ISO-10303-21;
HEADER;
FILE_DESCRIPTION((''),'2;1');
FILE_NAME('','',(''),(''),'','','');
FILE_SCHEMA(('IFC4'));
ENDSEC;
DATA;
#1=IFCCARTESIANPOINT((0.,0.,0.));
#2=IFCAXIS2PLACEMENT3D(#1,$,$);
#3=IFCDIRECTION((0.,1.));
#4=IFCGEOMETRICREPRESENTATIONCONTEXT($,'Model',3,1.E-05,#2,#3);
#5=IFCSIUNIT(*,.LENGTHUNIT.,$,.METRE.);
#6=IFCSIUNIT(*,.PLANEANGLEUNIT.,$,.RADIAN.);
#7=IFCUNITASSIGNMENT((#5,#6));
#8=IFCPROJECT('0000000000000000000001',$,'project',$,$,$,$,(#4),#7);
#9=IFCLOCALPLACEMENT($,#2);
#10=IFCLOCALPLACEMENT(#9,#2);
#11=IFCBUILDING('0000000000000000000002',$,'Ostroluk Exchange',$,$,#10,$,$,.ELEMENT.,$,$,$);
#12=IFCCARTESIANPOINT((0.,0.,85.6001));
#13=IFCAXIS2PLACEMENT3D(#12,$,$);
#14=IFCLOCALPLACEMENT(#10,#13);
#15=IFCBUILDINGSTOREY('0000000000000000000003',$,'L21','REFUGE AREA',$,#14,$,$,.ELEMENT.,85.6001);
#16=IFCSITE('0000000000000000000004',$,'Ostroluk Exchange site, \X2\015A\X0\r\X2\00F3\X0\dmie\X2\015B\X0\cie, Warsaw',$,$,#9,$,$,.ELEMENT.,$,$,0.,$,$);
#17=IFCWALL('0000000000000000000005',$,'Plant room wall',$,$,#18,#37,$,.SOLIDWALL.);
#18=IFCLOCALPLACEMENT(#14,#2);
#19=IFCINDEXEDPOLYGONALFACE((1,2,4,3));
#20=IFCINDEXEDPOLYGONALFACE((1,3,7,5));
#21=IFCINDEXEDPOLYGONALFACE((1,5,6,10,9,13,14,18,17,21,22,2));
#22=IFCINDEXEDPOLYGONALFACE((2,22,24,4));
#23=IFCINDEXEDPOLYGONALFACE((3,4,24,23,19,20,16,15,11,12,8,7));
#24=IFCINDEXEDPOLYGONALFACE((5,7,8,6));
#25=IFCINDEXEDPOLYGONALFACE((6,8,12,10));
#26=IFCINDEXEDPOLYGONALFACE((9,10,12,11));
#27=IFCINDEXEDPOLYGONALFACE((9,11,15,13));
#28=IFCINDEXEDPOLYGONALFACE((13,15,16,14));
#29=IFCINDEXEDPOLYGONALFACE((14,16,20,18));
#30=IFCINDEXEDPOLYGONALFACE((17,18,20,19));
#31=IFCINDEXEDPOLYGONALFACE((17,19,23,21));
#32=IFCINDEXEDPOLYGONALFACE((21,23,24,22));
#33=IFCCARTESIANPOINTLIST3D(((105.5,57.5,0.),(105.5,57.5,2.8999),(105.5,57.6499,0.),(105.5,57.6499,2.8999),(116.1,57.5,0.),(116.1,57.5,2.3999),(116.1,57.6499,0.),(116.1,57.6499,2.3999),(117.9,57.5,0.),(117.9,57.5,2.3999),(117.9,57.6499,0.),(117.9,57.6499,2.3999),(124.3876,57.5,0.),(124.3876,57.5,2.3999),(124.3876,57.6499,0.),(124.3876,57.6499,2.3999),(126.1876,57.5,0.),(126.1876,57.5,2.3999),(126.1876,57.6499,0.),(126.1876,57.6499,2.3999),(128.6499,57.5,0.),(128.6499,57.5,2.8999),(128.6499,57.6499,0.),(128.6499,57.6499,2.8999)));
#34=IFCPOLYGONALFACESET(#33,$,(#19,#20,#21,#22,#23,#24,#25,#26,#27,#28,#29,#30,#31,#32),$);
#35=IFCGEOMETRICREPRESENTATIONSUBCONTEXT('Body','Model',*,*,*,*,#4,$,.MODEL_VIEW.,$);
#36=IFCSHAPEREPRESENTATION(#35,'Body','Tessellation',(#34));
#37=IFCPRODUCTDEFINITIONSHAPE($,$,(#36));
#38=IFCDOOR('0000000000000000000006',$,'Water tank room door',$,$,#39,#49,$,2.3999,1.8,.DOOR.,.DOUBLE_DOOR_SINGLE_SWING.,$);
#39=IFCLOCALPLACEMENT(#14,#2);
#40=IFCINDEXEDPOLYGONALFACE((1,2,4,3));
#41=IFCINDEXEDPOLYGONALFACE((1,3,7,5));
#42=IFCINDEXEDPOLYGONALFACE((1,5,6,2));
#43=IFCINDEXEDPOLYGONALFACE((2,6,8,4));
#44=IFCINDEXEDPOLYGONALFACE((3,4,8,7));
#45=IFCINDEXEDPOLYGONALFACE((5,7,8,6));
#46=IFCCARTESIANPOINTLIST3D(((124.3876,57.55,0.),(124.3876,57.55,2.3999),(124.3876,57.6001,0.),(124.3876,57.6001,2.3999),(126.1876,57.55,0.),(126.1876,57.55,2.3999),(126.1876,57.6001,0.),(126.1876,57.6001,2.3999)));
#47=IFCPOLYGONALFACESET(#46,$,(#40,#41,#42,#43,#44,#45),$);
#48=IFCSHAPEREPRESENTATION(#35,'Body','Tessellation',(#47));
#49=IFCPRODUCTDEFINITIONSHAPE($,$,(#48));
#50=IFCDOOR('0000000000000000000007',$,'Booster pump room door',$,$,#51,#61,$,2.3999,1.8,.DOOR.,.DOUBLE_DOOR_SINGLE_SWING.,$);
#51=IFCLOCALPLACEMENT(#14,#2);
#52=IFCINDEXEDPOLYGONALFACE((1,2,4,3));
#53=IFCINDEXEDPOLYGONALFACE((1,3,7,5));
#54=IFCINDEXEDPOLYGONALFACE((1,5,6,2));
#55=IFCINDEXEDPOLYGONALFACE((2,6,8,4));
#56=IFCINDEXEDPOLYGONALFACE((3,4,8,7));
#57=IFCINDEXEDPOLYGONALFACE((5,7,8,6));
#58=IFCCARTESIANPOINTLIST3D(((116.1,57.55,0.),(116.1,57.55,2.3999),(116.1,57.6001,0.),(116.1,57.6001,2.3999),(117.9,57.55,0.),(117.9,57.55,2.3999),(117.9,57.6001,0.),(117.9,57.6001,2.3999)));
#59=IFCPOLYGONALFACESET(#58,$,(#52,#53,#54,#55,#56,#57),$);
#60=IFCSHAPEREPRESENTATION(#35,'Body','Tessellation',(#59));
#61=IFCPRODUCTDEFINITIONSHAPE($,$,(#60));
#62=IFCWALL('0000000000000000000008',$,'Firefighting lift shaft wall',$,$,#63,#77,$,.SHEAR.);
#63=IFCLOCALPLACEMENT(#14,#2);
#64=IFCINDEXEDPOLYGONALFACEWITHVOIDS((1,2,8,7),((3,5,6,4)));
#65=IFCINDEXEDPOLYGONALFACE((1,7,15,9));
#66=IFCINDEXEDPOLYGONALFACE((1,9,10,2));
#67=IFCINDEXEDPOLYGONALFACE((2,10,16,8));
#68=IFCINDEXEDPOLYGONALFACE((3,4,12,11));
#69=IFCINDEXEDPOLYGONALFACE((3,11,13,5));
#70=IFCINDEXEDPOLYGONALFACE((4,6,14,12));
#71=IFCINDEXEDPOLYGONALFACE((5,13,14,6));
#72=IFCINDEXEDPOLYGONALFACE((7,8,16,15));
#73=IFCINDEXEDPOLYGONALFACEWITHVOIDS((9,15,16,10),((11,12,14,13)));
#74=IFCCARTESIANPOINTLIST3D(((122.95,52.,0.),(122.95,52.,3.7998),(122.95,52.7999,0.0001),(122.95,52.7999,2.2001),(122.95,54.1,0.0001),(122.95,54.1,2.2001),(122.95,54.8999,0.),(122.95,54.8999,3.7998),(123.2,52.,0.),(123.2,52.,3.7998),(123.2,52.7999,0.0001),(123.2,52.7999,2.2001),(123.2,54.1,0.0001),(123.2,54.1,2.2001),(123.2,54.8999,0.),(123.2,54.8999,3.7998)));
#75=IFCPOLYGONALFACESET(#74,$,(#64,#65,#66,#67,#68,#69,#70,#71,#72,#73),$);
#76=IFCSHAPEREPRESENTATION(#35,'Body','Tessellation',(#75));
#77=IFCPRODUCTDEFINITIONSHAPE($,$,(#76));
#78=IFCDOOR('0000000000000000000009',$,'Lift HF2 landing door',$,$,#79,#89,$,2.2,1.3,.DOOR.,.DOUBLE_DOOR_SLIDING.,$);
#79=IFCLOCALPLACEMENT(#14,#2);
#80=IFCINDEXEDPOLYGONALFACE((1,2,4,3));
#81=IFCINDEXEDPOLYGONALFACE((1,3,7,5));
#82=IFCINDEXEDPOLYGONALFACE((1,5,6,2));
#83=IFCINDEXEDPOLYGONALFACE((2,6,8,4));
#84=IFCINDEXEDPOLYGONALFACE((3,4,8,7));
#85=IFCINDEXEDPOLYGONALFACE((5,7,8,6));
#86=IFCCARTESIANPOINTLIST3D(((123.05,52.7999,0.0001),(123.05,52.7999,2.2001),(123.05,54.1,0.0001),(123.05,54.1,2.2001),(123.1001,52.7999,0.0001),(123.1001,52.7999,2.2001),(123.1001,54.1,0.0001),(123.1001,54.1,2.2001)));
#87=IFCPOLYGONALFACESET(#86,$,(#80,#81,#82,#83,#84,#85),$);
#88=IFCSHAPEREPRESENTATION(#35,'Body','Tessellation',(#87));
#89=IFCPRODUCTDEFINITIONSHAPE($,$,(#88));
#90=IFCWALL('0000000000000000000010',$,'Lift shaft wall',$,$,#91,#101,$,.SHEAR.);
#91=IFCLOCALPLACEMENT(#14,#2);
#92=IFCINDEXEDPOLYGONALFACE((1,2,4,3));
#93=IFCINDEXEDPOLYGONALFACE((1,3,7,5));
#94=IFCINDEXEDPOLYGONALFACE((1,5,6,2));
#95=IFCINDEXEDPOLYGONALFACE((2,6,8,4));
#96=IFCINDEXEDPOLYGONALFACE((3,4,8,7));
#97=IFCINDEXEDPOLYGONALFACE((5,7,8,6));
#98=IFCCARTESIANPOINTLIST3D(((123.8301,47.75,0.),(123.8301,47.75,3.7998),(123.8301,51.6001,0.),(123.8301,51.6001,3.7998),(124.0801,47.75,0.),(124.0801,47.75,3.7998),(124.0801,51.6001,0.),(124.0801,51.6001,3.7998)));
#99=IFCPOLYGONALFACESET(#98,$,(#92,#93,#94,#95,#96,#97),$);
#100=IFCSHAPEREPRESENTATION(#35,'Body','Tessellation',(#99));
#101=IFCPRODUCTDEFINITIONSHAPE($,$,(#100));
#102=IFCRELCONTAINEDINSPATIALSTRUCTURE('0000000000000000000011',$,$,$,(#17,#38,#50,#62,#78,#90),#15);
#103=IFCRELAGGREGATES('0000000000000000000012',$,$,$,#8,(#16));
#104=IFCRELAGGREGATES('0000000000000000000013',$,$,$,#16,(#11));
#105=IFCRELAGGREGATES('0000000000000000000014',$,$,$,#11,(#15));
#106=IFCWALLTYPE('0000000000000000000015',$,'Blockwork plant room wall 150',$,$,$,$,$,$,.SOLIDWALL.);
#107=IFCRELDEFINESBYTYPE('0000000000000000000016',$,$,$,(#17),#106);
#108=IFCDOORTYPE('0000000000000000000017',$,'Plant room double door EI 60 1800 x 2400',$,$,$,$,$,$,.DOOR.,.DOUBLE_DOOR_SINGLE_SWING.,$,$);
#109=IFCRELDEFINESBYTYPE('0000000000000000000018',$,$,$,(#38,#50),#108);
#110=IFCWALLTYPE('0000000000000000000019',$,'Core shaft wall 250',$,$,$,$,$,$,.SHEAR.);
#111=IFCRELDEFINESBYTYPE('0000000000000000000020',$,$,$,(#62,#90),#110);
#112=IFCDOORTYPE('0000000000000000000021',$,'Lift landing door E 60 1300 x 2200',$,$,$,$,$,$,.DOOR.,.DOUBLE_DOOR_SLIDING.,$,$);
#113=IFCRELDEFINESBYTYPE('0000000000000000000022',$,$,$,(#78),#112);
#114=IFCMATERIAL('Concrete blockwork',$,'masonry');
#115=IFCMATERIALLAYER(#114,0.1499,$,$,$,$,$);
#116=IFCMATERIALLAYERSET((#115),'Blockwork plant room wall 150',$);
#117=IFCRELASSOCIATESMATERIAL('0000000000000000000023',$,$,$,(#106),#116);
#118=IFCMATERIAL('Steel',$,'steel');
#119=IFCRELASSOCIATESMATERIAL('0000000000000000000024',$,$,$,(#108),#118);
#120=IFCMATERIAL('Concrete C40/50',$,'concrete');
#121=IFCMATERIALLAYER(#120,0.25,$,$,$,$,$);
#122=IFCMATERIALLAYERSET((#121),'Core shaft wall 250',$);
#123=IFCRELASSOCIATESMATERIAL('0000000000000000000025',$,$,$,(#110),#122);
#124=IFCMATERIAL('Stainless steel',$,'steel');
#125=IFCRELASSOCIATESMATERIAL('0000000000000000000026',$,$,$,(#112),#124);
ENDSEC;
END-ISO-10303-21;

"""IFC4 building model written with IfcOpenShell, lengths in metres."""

from ifc_helpers import new_model, si_unit, direction, frame, frame_2d, origin, place, context, subcontext, project, spatial, rectangle, extrude, material, layer, layer_set, type_object, element, fill, save


model = new_model("IFC4")

# Units and contexts
model_context = context("Model", 3, precision=1e-05, world=origin(), true_north=direction((0.0, 1.0)))
body_context = subcontext(model_context, "Body", "Model", "MODEL_VIEW")
ifc_project = project(units=[si_unit("LENGTHUNIT", "METRE"), si_unit("PLANEANGLEUNIT", "RADIAN")], contexts=[model_context])

# Site, building, storey
site_placement = place(None, origin())
site = spatial("IfcSite", under=ifc_project, at=site_placement, Name="Ostroluk Exchange site, Śródmieście, Warsaw", CompositionType="ELEMENT", RefElevation=0.0)
building_placement = place(site_placement, origin())
building = spatial("IfcBuilding", under=site, at=building_placement, Name="Ostroluk Exchange", CompositionType="ELEMENT")
storey_placement = place(building_placement, frame((0.0, 0.0, 85.6001)))
storey = spatial("IfcBuildingStorey", under=building, at=storey_placement, Name="L21", Description="REFUGE AREA", CompositionType="ELEMENT", Elevation=85.6001)

# Shared definitions
ifc_material_1 = material(Name="Concrete blockwork", Category="masonry")
ifc_layer_1 = layer(ifc_material_1, 0.1499)
ifc_layer_set_1 = layer_set([ifc_layer_1], Name="Blockwork plant room wall 150")
wall_type_1 = type_object("IfcWallType", Name="Blockwork plant room wall 150", PredefinedType="SOLIDWALL", material=ifc_layer_set_1)

# Wall, openings, doors
wall_1_placement = place(storey_placement, frame((128.6499, 57.575, 0.0), z_axis=(0.0, 0.0, 1.0), x_axis=(-1.0, 0.0, 0.0)))
wall_1 = element("IfcWall", 1, at=wall_1_placement, inside=storey, type_object=wall_type_1, Name="Plant room wall", PredefinedType="SOLIDWALL", context=body_context, shape_type="SweptSolid", body=[
    extrude(rectangle(XDim=23.1499, YDim=0.1499, at=frame_2d((11.575, 0.0))), origin(), (0.0, 0.0, 1.0), 2.8999),
])
opening_1_placement = place(wall_1_placement, frame((2.4624, 0.0, 0.0)))
opening_1 = element("IfcOpeningElement", 2, at=opening_1_placement, cuts=wall_1, PredefinedType="OPENING", context=body_context, shape_type="SweptSolid", body=[
    extrude(rectangle(XDim=1.8, YDim=2.3999, at=frame_2d((0.8999, 1.2))), frame((0.0, 0.085, 0.0), z_axis=(0.0, -1.0, 0.0), x_axis=(1.0, 0.0, 0.0)), (0.0, 0.0, 1.0), 0.1699),
])
opening_2_placement = place(wall_1_placement, frame((10.75, 0.0, 0.0)))
opening_2 = element("IfcOpeningElement", 3, at=opening_2_placement, cuts=wall_1, PredefinedType="OPENING", context=body_context, shape_type="SweptSolid", body=[
    extrude(rectangle(XDim=1.8, YDim=2.3999, at=frame_2d((0.8999, 1.2))), frame((0.0, 0.085, 0.0), z_axis=(0.0, -1.0, 0.0), x_axis=(1.0, 0.0, 0.0)), (0.0, 0.0, 1.0), 0.1699),
])
ifc_material_2 = material(Name="Steel", Category="steel")
door_type_1 = type_object("IfcDoorType", Name="Plant room double door EI 60 1800 x 2400", OperationType="DOUBLE_DOOR_SINGLE_SWING", PredefinedType="DOOR", material=ifc_material_2)
door_1_placement = place(opening_1_placement, origin())
door_1 = element("IfcDoor", 4, at=door_1_placement, inside=storey, type_object=door_type_1, Name="Water tank room door", OperationType="DOUBLE_DOOR_SINGLE_SWING", OverallHeight=2.3999, OverallWidth=1.8, PredefinedType="DOOR", context=body_context, shape_type="SweptSolid", body=[
    extrude(rectangle(XDim=1.8, YDim=2.3999, at=frame_2d((0.8999, 1.2))), frame((0.0, 0.0249, 0.0), z_axis=(0.0, -1.0, 0.0), x_axis=(1.0, 0.0, 0.0)), (0.0, 0.0, 1.0), 0.05),
])
fill(opening_1, door_1)
door_2_placement = place(opening_2_placement, origin())
door_2 = element("IfcDoor", 5, at=door_2_placement, inside=storey, type_object=door_type_1, Name="Booster pump room door", OperationType="DOUBLE_DOOR_SINGLE_SWING", OverallHeight=2.3999, OverallWidth=1.8, PredefinedType="DOOR", context=body_context, shape_type="SweptSolid", body=[
    extrude(rectangle(XDim=1.8, YDim=2.3999, at=frame_2d((0.8999, 1.2))), frame((0.0, 0.0249, 0.0), z_axis=(0.0, -1.0, 0.0), x_axis=(1.0, 0.0, 0.0)), (0.0, 0.0, 1.0), 0.05),
])
fill(opening_2, door_2)

# Wall, opening, door
ifc_material_3 = material(Name="Concrete C40/50", Category="concrete")
ifc_layer_2 = layer(ifc_material_3, 0.25)
ifc_layer_set_2 = layer_set([ifc_layer_2], Name="Core shaft wall 250")
wall_type_2 = type_object("IfcWallType", Name="Core shaft wall 250", PredefinedType="SHEAR", material=ifc_layer_set_2)
wall_2_placement = place(storey_placement, frame((123.075, 52.0, 0.0), z_axis=(0.0, 0.0, 1.0), x_axis=(0.0, 1.0, 0.0)))
wall_2 = element("IfcWall", 6, at=wall_2_placement, inside=storey, type_object=wall_type_2, Name="Firefighting lift shaft wall", PredefinedType="SHEAR", context=body_context, shape_type="SweptSolid", body=[
    extrude(rectangle(XDim=2.8999, YDim=0.25, at=frame_2d((1.45, 0.0))), origin(), (0.0, 0.0, 1.0), 3.7998),
])
opening_3_placement = place(wall_2_placement, frame((0.8, 0.0, 0.0)))
opening_3 = element("IfcOpeningElement", 7, at=opening_3_placement, cuts=wall_2, PredefinedType="OPENING", context=body_context, shape_type="SweptSolid", body=[
    extrude(rectangle(XDim=1.3, YDim=2.2, at=frame_2d((0.6499, 1.1001))), frame((0.0, 0.135, 0.0), z_axis=(0.0, -1.0, 0.0), x_axis=(1.0, 0.0, 0.0)), (0.0, 0.0, 1.0), 0.27),
])
ifc_material_4 = material(Name="Stainless steel", Category="steel")
door_type_2 = type_object("IfcDoorType", Name="Lift landing door E 60 1300 x 2200", OperationType="DOUBLE_DOOR_SLIDING", PredefinedType="DOOR", material=ifc_material_4)
door_3_placement = place(opening_3_placement, origin())
door_3 = element("IfcDoor", 8, at=door_3_placement, inside=storey, type_object=door_type_2, Name="Lift HF2 landing door", OperationType="DOUBLE_DOOR_SLIDING", OverallHeight=2.2, OverallWidth=1.3, PredefinedType="DOOR", context=body_context, shape_type="SweptSolid", body=[
    extrude(rectangle(XDim=1.3, YDim=2.2, at=frame_2d((0.6499, 1.1001))), frame((0.0, 0.0249, 0.0), z_axis=(0.0, -1.0, 0.0), x_axis=(1.0, 0.0, 0.0)), (0.0, 0.0, 1.0), 0.05),
])
fill(opening_3, door_3)

# Wall
wall_3_placement = place(storey_placement, frame((123.9551, 47.75, 0.0), z_axis=(0.0, 0.0, 1.0), x_axis=(0.0, 1.0, 0.0)))
element("IfcWall", 9, at=wall_3_placement, inside=storey, type_object=wall_type_2, Name="Lift shaft wall", PredefinedType="SHEAR", context=body_context, shape_type="SweptSolid", body=[
    extrude(rectangle(XDim=3.8501, YDim=0.25, at=frame_2d((1.925, 0.0))), origin(), (0.0, 0.0, 1.0), 3.7998),
])

save(model, "model.ifc")
